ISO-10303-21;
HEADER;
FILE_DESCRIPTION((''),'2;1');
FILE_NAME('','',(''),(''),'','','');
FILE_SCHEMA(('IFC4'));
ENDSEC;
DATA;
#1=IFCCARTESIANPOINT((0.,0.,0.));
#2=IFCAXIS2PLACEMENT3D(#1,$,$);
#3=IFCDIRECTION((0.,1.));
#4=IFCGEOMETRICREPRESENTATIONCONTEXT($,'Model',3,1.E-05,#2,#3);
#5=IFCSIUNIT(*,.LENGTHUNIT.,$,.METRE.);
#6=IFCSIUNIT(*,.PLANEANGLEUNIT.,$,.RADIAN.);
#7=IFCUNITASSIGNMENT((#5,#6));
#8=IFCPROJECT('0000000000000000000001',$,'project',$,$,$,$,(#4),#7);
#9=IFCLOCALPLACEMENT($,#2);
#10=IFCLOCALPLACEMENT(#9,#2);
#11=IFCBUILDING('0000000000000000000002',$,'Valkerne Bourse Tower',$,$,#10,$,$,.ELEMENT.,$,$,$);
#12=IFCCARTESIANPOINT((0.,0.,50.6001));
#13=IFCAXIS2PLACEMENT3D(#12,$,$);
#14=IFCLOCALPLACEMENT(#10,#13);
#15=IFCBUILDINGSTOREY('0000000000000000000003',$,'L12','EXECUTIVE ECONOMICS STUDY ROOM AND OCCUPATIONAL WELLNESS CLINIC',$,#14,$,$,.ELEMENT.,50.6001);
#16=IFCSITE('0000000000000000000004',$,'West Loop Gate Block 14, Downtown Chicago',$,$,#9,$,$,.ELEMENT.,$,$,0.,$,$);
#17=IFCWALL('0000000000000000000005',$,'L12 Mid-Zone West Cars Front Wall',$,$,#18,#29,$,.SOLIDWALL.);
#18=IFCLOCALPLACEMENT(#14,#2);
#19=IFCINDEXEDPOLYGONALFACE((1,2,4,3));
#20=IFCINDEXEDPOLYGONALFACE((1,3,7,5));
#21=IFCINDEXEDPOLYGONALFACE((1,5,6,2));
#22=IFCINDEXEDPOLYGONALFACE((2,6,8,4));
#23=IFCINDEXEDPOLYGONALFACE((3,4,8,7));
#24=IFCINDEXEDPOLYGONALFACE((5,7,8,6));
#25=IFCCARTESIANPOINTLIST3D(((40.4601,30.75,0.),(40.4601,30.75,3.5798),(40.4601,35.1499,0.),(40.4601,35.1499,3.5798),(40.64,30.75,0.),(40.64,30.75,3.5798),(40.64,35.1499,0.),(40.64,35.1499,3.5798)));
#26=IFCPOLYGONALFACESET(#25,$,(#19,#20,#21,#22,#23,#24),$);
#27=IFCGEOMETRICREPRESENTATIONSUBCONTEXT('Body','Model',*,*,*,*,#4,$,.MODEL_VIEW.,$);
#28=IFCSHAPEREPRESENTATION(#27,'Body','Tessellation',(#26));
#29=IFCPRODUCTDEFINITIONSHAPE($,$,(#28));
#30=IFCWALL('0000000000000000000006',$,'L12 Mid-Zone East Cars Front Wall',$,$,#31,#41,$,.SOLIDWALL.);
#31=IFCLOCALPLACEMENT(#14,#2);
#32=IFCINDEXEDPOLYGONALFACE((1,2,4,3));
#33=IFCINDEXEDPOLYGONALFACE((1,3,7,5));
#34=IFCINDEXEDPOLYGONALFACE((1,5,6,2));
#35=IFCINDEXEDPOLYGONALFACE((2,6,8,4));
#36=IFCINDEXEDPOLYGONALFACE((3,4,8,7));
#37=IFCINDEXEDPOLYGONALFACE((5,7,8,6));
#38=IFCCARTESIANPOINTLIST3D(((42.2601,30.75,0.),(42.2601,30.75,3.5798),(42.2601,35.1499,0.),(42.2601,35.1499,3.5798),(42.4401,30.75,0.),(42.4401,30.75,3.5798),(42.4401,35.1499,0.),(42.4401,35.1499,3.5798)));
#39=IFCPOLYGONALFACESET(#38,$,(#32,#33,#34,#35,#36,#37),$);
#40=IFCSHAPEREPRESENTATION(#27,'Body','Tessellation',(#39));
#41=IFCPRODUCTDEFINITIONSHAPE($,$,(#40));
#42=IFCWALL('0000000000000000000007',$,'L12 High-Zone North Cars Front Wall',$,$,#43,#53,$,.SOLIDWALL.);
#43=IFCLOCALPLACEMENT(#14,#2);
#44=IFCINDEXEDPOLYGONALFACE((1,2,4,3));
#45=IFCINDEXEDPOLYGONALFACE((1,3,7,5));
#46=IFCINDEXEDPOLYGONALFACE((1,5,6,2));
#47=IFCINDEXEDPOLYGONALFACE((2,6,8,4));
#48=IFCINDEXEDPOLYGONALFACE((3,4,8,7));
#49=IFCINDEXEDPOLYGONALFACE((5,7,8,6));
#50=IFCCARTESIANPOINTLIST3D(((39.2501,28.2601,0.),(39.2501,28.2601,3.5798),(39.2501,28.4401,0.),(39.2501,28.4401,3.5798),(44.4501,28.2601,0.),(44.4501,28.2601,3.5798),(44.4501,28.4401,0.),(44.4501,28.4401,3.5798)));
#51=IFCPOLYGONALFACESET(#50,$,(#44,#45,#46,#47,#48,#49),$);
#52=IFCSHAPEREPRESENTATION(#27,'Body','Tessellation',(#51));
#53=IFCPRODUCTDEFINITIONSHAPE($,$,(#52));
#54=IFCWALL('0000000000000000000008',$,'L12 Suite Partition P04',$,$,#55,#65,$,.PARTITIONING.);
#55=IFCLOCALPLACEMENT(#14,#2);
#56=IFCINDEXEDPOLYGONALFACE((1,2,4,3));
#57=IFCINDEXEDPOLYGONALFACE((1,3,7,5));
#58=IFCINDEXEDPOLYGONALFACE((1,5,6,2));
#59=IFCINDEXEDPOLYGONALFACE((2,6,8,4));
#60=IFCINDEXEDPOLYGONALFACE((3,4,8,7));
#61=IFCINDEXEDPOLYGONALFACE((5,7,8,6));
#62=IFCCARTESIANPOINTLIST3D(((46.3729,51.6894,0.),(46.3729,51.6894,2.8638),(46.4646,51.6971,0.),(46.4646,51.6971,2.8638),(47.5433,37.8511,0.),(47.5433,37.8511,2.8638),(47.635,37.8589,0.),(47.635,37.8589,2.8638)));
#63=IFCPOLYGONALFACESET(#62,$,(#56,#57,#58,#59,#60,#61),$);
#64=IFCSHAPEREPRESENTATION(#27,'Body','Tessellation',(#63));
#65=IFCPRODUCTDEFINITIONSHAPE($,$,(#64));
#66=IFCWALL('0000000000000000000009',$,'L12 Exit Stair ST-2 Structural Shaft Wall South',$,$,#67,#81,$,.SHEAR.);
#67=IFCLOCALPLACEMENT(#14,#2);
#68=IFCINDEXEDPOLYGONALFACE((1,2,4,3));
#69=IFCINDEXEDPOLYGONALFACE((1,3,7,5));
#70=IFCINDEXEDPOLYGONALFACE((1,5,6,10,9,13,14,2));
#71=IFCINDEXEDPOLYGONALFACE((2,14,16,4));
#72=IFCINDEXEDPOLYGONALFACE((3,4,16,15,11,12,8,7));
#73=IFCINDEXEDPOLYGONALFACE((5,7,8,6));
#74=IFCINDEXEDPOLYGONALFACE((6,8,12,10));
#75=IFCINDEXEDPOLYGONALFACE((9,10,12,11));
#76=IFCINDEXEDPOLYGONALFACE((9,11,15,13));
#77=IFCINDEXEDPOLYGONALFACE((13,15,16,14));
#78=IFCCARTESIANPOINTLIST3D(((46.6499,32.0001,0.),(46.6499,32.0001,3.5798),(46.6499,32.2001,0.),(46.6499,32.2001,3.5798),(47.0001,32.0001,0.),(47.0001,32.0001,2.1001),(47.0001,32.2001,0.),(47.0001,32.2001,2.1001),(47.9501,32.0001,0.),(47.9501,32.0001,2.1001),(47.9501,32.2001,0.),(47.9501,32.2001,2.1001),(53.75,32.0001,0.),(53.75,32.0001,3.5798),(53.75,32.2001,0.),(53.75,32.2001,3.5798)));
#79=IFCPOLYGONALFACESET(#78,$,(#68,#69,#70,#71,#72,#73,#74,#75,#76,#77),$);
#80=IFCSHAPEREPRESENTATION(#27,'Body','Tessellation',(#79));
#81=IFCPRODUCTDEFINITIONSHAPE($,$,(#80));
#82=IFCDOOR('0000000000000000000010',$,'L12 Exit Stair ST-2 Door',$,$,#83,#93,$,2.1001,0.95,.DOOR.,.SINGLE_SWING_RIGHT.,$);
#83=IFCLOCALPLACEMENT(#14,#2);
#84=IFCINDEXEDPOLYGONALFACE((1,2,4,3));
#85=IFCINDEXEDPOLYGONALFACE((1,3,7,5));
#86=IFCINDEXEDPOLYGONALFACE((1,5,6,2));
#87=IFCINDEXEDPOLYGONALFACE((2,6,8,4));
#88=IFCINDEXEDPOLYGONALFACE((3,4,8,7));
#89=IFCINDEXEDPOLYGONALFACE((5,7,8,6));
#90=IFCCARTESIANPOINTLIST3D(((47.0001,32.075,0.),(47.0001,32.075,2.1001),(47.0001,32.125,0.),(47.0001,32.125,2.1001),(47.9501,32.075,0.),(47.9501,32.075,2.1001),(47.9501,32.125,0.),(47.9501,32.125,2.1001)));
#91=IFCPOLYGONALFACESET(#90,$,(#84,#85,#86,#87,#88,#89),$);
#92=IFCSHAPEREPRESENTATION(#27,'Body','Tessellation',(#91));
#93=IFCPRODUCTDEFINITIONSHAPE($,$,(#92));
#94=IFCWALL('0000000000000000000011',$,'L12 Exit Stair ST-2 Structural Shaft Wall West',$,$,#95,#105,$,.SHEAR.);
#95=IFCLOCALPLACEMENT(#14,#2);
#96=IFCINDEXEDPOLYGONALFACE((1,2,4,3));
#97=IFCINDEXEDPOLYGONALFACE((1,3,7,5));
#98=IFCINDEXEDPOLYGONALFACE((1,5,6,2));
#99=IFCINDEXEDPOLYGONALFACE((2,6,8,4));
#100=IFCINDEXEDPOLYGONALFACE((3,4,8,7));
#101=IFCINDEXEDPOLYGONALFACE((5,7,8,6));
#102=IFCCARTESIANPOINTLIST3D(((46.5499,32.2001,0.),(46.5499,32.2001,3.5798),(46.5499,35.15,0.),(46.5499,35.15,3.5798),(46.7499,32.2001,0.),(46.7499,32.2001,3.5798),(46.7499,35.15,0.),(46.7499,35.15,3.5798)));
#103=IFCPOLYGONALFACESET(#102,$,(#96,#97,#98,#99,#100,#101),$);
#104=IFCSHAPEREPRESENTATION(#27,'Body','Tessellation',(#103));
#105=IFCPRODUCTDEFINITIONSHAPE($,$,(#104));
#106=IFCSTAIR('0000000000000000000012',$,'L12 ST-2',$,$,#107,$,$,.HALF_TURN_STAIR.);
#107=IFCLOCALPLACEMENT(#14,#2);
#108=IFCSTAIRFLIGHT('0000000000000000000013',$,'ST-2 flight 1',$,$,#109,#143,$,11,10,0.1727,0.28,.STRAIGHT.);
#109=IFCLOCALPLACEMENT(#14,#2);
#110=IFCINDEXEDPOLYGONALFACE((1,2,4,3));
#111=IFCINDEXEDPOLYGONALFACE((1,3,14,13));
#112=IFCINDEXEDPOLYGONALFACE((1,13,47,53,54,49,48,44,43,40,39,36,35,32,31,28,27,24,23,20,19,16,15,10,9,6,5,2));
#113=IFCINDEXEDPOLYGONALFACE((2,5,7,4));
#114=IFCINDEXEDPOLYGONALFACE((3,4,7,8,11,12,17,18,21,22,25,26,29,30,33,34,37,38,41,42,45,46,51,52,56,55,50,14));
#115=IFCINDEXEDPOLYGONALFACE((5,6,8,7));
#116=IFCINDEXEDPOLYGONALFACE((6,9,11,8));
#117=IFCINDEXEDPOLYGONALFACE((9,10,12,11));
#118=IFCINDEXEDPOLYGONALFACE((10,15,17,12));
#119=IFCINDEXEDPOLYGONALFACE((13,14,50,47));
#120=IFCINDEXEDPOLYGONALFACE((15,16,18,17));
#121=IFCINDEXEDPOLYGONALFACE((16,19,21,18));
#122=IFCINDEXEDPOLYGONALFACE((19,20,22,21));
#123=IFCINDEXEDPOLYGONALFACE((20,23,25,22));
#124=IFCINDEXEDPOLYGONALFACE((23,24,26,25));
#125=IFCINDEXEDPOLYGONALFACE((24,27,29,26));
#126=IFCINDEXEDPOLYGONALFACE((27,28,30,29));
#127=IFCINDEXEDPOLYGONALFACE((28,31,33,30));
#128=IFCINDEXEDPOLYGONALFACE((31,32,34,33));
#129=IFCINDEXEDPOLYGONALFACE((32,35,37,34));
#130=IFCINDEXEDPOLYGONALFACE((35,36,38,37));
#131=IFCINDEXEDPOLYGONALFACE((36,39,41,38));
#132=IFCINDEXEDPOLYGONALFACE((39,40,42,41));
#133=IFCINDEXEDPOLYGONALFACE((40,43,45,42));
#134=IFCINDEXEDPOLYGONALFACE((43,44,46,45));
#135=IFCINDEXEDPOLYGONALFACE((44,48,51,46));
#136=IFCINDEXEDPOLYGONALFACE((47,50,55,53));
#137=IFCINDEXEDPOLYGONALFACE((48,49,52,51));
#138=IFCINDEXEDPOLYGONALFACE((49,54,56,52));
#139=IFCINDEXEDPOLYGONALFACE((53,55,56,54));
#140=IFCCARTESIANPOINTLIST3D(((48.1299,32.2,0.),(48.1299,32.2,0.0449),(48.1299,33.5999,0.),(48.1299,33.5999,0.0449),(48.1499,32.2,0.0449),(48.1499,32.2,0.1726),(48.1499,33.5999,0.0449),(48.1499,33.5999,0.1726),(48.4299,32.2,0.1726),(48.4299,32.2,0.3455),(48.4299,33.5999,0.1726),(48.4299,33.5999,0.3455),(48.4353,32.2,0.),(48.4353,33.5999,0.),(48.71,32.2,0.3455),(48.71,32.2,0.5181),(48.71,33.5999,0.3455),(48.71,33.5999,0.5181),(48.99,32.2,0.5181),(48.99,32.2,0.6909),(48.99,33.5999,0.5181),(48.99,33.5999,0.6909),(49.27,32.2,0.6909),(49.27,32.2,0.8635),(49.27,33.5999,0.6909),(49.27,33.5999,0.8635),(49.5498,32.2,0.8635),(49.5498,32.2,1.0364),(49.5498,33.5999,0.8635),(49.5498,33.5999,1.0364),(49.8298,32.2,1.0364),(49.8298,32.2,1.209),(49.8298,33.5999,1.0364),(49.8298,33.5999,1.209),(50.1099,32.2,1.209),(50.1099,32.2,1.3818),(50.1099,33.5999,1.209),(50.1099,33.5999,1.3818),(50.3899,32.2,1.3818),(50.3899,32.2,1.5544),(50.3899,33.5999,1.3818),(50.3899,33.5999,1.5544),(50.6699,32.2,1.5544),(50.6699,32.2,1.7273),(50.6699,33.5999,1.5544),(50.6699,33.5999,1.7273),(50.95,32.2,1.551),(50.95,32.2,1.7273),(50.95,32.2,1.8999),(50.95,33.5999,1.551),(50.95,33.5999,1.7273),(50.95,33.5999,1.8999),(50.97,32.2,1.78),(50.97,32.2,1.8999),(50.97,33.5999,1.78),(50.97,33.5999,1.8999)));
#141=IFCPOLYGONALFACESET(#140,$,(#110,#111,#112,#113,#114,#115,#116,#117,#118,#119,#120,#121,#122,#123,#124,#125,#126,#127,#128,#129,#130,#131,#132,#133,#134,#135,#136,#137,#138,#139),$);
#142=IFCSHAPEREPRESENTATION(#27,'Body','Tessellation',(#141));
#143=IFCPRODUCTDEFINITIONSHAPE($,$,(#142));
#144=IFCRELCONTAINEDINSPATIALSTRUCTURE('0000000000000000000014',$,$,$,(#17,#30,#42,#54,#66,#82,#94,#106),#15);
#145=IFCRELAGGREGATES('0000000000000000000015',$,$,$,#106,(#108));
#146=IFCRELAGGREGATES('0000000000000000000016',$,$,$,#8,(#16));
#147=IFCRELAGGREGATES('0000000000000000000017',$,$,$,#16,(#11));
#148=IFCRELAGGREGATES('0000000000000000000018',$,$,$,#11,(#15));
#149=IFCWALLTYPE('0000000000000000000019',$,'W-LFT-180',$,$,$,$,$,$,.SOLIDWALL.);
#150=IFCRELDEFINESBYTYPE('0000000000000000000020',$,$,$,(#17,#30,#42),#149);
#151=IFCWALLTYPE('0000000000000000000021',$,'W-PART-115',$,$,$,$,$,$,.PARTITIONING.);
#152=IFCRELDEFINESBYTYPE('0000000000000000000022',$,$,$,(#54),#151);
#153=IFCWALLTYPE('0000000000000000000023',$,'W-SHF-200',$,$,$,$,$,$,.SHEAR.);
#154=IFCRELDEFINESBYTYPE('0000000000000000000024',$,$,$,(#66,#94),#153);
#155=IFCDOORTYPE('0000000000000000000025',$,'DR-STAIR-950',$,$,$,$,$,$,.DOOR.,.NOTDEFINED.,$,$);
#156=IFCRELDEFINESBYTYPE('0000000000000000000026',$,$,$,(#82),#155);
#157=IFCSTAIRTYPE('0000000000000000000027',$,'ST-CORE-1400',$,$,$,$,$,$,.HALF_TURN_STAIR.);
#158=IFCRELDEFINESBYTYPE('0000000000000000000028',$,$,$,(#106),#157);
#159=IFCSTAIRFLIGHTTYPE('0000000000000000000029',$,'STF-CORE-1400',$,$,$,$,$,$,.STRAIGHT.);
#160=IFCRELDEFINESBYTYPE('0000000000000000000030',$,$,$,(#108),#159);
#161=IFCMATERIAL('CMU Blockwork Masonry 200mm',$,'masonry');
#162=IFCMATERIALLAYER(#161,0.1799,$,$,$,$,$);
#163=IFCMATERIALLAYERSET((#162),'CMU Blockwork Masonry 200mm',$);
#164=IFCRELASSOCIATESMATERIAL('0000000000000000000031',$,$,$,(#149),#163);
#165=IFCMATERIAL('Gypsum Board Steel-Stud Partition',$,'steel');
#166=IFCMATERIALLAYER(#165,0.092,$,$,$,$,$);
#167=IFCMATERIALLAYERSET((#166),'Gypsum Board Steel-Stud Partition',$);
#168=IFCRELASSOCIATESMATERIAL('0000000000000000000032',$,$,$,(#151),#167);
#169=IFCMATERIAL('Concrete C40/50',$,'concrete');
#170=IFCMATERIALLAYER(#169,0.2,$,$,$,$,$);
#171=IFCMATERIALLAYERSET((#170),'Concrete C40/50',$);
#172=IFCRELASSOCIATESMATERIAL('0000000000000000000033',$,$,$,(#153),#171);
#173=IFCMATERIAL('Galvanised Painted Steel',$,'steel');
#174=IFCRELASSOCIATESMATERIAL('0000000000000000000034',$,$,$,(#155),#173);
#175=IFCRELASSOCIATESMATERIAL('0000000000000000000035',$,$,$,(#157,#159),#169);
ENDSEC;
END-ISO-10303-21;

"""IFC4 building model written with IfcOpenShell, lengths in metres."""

from ifc_helpers import new_model, si_unit, direction, frame, frame_2d, origin, place, context, subcontext, project, spatial, polyline, rectangle, outline, extrude, material, layer, layer_set, type_object, element, fill, aggregate, save


model = new_model("IFC4")

# Units and contexts
model_context = context("Model", 3, precision=1e-05, world=origin(), true_north=direction((0.0, 1.0)))
body_context = subcontext(model_context, "Body", "Model", "MODEL_VIEW")
ifc_project = project(units=[si_unit("LENGTHUNIT", "METRE"), si_unit("PLANEANGLEUNIT", "RADIAN")], contexts=[model_context])

# Site, building, storey
site_placement = place(None, origin())
site = spatial("IfcSite", under=ifc_project, at=site_placement, Name="West Loop Gate Block 14, Downtown Chicago", CompositionType="ELEMENT", RefElevation=0.0)
building_placement = place(site_placement, origin())
building = spatial("IfcBuilding", under=site, at=building_placement, Name="Valkerne Bourse Tower", CompositionType="ELEMENT")
storey_placement = place(building_placement, frame((0.0, 0.0, 50.6001)))
storey = spatial("IfcBuildingStorey", under=building, at=storey_placement, Name="L12", Description="EXECUTIVE ECONOMICS STUDY ROOM AND OCCUPATIONAL WELLNESS CLINIC", CompositionType="ELEMENT", Elevation=50.6001)

# Shared definitions
ifc_material_1 = material(Name="Galvanised Painted Steel", Category="steel")

# Walls
ifc_material_2 = material(Name="CMU Blockwork Masonry 200mm", Category="masonry")
ifc_layer_1 = layer(ifc_material_2, 0.1799)
ifc_layer_set_1 = layer_set([ifc_layer_1], Name="CMU Blockwork Masonry 200mm")
wall_type_1 = type_object("IfcWallType", Name="W-LFT-180", PredefinedType="SOLIDWALL", material=ifc_layer_set_1)
for number, where, z_axis, x_axis, name in (
    (1, (40.55, 30.75, 0.0), (0.0, 0.0, 1.0), (0.0, 1.0, 0.0), "L12 Mid-Zone West Cars Front Wall"),
    (2, (42.3501, 30.75, 0.0), (0.0, 0.0, 1.0), (0.0, 1.0, 0.0), "L12 Mid-Zone East Cars Front Wall"),
):
    element("IfcWall", number, at=place(storey_placement, frame(where, z_axis=z_axis, x_axis=x_axis)), inside=storey, type_object=wall_type_1, Name=name, PredefinedType="SOLIDWALL", context=body_context, shape_type="SweptSolid", body=[
        extrude(rectangle(XDim=4.3999, YDim=0.1799, at=frame_2d((2.2, 0.0))), origin(), (0.0, 0.0, 1.0), 3.5798),
    ])
wall_1_placement = place(storey_placement, frame((39.25, 28.3501, 0.0), z_axis=(0.0, 0.0, 1.0), x_axis=(1.0, 0.0, 0.0)))
element("IfcWall", 3, at=wall_1_placement, inside=storey, type_object=wall_type_1, Name="L12 High-Zone North Cars Front Wall", PredefinedType="SOLIDWALL", context=body_context, shape_type="SweptSolid", body=[
    extrude(rectangle(XDim=5.2, YDim=0.1799, at=frame_2d((2.6001, 0.0))), origin(), (0.0, 0.0, 1.0), 3.5798),
])
ifc_material_3 = material(Name="Gypsum Board Steel-Stud Partition", Category="steel")
ifc_layer_2 = layer(ifc_material_3, 0.092)
ifc_layer_set_2 = layer_set([ifc_layer_2], Name="Gypsum Board Steel-Stud Partition")
wall_type_2 = type_object("IfcWallType", Name="W-PART-115", PredefinedType="PARTITIONING", material=ifc_layer_set_2)
wall_2_placement = place(storey_placement, frame((47.5891, 37.855, 0.0), z_axis=(0.0, 0.0, 1.0), x_axis=(-0.084276, 0.996442, 0.0)))
element("IfcWall", 4, at=wall_2_placement, inside=storey, type_object=wall_type_2, Name="L12 Suite Partition P04", PredefinedType="PARTITIONING", context=body_context, shape_type="SweptSolid", body=[
    extrude(rectangle(XDim=13.8877, YDim=0.092, at=frame_2d((6.9438, 0.0))), origin(), (0.0, 0.0, 1.0), 2.8638),
])

# Wall, opening, door
ifc_material_4 = material(Name="Concrete C40/50", Category="concrete")
ifc_layer_3 = layer(ifc_material_4, 0.2)
ifc_layer_set_3 = layer_set([ifc_layer_3], Name="Concrete C40/50")
wall_type_3 = type_object("IfcWallType", Name="W-SHF-200", PredefinedType="SHEAR", material=ifc_layer_set_3)
wall_3_placement = place(storey_placement, frame((46.6499, 32.1001, 0.0), z_axis=(0.0, 0.0, 1.0), x_axis=(1.0, 0.0, 0.0)))
wall_3 = element("IfcWall", 5, at=wall_3_placement, inside=storey, type_object=wall_type_3, Name="L12 Exit Stair ST-2 Structural Shaft Wall South", PredefinedType="SHEAR", context=body_context, shape_type="SweptSolid", body=[
    extrude(rectangle(XDim=7.1001, YDim=0.2, at=frame_2d((3.55, 0.0))), origin(), (0.0, 0.0, 1.0), 3.5798),
])
opening_1_placement = place(wall_3_placement, frame((0.3501, 0.0, 0.0)))
opening_1 = element("IfcOpeningElement", 6, at=opening_1_placement, cuts=wall_3, PredefinedType="OPENING", context=body_context, shape_type="SweptSolid", body=[
    extrude(rectangle(XDim=0.95, YDim=2.1001, at=frame_2d((0.4751, 1.05))), frame((0.0, 0.1099, 0.0), z_axis=(0.0, -1.0, 0.0), x_axis=(1.0, 0.0, 0.0)), (0.0, 0.0, 1.0), 0.22),
])
door_type_1 = type_object("IfcDoorType", Name="DR-STAIR-950", OperationType="NOTDEFINED", PredefinedType="DOOR", material=ifc_material_1)
door_1_placement = place(opening_1_placement, origin())
door_1 = element("IfcDoor", 7, at=door_1_placement, inside=storey, type_object=door_type_1, Name="L12 Exit Stair ST-2 Door", OperationType="SINGLE_SWING_RIGHT", OverallHeight=2.1001, OverallWidth=0.95, PredefinedType="DOOR", context=body_context, shape_type="SweptSolid", body=[
    extrude(rectangle(XDim=0.95, YDim=2.1001, at=frame_2d((0.4751, 1.05))), frame((0.0, 0.0249, 0.0), z_axis=(0.0, -1.0, 0.0), x_axis=(1.0, 0.0, 0.0)), (0.0, 0.0, 1.0), 0.05),
])
fill(opening_1, door_1)

# Wall
wall_4_placement = place(storey_placement, frame((46.6499, 32.2, 0.0), z_axis=(0.0, 0.0, 1.0), x_axis=(0.0, 1.0, 0.0)))
element("IfcWall", 8, at=wall_4_placement, inside=storey, type_object=wall_type_3, Name="L12 Exit Stair ST-2 Structural Shaft Wall West", PredefinedType="SHEAR", context=body_context, shape_type="SweptSolid", body=[
    extrude(rectangle(XDim=2.95, YDim=0.2, at=frame_2d((1.4751, 0.0))), origin(), (0.0, 0.0, 1.0), 3.5798),
])

# Stair, stair flight
stair_type = type_object("IfcStairType", Name="ST-CORE-1400", PredefinedType="HALF_TURN_STAIR", material=ifc_material_4)
stair_placement = place(storey_placement, origin())
stair = element("IfcStair", 9, at=stair_placement, inside=storey, type_object=stair_type, Name="L12 ST-2", PredefinedType="HALF_TURN_STAIR")
stair_flight_type = type_object("IfcStairFlightType", Name="STF-CORE-1400", PredefinedType="STRAIGHT", material=ifc_material_4)
stair_flight_placement = place(storey_placement, frame((48.1499, 32.8999, 0.0), z_axis=(0.0, 0.0, 1.0), x_axis=(1.0, 0.0, 0.0)))
stair_flight = element("IfcStairFlight", 10, at=stair_flight_placement, type_object=stair_flight_type, Name="ST-2 flight 1", NumberOfRisers=11, NumberOfTreads=10, PredefinedType="STRAIGHT", RiserHeight=0.1727, TreadLength=0.28, context=body_context, shape_type="SweptSolid", body=[
    extrude(outline(polyline([(-0.02, 0.0), (-0.02, 0.0449), (0.0, 0.0449), (0.0, 0.1726), (0.28, 0.1726), (0.28, 0.3455), (0.5601, 0.3455), (0.5601, 0.5181), (0.8401, 0.5181), (0.8401, 0.6909), (1.1201, 0.6909), (1.1201, 0.8635), (1.3999, 0.8635), (1.3999, 1.0364), (1.6799, 1.0364), (1.6799, 1.209), (1.96, 1.209), (1.96, 1.3818), (2.24, 1.3818), (2.24, 1.5544), (2.52, 1.5544), (2.52, 1.7273), (2.8, 1.7273), (2.8, 1.8999), (2.8201, 1.8999), (2.8201, 1.78), (2.8, 1.551), (0.2854, 0.0), (-0.02, 0.0)])), frame((0.0, 0.7, 0.0), z_axis=(0.0, -1.0, 0.0), x_axis=(1.0, 0.0, 0.0)), (0.0, 0.0, 1.0), 1.3999),
])
aggregate(stair, [stair_flight])

save(model, "model.ifc")
